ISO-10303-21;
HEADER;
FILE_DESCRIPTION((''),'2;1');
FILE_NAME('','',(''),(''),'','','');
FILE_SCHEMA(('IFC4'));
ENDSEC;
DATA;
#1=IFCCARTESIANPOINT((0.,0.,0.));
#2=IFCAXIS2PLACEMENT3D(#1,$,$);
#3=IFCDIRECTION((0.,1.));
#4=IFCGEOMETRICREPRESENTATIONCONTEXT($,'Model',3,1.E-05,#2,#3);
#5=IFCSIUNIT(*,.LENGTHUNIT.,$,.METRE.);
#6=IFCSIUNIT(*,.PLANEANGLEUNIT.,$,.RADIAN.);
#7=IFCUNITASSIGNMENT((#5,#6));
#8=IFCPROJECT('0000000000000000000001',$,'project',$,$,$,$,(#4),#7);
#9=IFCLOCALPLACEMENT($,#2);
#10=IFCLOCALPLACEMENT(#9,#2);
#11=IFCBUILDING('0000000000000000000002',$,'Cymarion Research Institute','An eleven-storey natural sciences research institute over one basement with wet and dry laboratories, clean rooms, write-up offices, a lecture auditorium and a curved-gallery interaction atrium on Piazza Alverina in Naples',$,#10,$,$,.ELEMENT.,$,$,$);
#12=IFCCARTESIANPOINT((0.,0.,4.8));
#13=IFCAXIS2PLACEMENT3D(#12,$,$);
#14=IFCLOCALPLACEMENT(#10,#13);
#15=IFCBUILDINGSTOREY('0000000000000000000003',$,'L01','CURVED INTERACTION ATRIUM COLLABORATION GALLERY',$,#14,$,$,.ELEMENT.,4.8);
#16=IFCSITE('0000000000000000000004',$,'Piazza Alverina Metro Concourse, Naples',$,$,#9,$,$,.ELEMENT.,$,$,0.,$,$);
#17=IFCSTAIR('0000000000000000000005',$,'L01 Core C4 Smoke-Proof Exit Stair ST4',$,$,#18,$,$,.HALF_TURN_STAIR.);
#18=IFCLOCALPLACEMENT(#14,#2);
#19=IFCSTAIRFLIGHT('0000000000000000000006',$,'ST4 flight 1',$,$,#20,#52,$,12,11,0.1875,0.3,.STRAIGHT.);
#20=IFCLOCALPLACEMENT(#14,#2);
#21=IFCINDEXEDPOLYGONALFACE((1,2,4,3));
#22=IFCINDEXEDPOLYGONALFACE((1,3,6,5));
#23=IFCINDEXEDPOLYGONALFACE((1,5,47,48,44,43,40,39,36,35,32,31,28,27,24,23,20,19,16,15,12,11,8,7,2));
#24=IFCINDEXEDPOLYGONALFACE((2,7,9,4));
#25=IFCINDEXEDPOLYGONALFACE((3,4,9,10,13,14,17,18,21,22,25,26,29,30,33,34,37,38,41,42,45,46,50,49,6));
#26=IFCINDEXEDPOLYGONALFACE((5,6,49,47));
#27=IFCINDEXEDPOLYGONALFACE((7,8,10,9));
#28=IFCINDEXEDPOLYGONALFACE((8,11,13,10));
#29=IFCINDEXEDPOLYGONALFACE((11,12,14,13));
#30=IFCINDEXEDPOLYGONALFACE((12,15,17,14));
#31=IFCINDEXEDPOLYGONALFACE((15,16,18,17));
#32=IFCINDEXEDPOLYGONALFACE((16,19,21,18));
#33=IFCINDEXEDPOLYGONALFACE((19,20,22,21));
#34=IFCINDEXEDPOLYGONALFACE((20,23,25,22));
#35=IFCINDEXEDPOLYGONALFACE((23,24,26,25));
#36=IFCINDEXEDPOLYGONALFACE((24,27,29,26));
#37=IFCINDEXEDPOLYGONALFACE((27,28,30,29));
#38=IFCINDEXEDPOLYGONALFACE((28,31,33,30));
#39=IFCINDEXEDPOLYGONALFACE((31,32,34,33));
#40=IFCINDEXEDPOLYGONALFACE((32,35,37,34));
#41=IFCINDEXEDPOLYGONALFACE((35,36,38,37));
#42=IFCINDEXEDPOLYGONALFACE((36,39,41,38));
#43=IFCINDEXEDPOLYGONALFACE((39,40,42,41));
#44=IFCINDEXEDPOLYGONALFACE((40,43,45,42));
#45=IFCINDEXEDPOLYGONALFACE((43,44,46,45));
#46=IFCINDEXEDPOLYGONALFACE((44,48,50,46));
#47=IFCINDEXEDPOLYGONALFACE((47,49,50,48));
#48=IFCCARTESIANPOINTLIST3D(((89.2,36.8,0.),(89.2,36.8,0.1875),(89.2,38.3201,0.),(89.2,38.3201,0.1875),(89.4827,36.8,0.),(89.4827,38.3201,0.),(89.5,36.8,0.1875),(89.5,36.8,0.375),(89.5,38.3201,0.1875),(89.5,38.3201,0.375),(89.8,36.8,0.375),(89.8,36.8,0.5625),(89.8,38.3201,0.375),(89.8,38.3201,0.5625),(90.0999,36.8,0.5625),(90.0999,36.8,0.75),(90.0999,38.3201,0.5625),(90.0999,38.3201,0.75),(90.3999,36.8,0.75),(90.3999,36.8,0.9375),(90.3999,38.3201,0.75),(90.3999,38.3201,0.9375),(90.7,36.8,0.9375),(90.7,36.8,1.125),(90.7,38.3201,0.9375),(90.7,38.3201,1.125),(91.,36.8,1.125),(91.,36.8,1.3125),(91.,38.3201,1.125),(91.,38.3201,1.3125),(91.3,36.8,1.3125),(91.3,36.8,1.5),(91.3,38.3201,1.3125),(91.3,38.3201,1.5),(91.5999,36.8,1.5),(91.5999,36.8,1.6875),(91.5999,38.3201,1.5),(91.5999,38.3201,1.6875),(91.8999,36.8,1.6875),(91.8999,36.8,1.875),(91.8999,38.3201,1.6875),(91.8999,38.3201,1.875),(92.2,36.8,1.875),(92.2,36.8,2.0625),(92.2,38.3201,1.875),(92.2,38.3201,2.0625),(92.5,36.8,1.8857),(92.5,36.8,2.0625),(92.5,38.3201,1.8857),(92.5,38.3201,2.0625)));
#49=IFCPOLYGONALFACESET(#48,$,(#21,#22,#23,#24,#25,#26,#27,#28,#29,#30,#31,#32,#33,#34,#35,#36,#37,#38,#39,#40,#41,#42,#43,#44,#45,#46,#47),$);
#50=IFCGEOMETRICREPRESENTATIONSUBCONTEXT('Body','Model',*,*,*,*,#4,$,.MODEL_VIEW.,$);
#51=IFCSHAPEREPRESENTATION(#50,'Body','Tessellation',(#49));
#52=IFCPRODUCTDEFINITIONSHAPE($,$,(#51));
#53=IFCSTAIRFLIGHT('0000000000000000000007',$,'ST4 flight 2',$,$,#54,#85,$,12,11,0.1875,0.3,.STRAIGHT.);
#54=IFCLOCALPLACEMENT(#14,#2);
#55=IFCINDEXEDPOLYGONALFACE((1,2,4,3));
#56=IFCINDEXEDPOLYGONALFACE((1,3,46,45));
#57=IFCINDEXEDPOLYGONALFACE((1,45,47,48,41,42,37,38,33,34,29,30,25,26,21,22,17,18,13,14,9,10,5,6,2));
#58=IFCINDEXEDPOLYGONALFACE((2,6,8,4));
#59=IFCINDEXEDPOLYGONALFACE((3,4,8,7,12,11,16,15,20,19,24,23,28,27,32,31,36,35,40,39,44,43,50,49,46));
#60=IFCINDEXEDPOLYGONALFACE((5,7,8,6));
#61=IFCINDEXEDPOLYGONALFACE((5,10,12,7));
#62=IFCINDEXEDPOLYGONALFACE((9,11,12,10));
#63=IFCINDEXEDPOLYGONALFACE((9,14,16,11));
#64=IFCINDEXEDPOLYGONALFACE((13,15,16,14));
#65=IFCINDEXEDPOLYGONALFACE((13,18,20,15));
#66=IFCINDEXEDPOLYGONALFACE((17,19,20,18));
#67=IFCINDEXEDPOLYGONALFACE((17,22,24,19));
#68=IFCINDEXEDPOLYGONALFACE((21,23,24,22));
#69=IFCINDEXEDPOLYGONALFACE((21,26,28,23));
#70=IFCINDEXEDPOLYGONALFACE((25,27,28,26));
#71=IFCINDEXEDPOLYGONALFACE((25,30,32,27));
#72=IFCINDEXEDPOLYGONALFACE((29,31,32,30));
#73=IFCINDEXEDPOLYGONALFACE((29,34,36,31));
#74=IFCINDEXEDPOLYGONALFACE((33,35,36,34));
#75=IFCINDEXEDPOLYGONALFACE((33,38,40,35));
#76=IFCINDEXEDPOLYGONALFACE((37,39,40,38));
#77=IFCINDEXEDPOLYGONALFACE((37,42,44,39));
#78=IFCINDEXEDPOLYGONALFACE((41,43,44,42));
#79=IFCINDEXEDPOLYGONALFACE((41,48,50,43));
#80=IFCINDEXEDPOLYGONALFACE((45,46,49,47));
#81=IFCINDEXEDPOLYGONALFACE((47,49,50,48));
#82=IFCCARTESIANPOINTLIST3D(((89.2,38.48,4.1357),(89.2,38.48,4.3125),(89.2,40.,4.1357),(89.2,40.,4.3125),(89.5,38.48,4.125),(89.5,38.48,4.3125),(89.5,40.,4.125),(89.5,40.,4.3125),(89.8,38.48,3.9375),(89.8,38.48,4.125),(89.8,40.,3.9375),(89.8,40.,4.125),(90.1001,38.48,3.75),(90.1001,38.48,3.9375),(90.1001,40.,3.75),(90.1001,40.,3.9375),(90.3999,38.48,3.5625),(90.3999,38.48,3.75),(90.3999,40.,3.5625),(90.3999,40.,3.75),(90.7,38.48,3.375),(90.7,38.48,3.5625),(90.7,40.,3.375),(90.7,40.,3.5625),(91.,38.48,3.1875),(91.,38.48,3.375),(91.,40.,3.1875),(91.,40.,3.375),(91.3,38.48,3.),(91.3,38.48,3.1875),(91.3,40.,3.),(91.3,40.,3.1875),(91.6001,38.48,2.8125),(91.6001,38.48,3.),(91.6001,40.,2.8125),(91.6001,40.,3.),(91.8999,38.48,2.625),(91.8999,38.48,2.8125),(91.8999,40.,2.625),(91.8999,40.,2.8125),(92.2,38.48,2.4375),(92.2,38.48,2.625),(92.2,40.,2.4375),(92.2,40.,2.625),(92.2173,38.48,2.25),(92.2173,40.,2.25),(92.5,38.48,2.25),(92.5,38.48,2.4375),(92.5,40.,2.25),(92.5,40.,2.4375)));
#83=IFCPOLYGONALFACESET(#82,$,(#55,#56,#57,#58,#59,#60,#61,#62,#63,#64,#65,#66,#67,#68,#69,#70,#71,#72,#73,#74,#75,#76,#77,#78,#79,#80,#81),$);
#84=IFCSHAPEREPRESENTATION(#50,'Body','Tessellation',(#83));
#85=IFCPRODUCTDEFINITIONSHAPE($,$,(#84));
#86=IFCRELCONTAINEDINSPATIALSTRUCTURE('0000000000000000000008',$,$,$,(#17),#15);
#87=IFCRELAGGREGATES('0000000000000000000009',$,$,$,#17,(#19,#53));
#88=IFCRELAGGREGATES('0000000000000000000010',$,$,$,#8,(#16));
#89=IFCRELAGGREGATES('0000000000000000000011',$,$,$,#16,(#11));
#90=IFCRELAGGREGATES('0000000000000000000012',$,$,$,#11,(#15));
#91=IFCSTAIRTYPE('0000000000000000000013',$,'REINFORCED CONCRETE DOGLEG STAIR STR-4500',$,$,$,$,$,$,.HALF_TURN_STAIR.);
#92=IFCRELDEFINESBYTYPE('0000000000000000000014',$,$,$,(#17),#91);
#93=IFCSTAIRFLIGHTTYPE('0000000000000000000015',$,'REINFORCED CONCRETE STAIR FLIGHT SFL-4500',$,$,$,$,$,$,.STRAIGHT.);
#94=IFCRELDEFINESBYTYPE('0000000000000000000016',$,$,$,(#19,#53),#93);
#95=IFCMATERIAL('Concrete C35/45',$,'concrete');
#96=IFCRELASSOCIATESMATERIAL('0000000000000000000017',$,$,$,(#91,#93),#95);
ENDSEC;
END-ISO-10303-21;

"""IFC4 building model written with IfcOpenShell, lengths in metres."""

from ifc_helpers import new_model, si_unit, direction, frame, origin, place, context, subcontext, project, spatial, polyline, outline, extrude, material, type_object, element, aggregate, save


model = new_model("IFC4")

# Units and contexts
model_context = context("Model", 3, precision=1e-05, world=origin(), true_north=direction((0.0, 1.0)))
body_context = subcontext(model_context, "Body", "Model", "MODEL_VIEW")
ifc_project = project(units=[si_unit("LENGTHUNIT", "METRE"), si_unit("PLANEANGLEUNIT", "RADIAN")], contexts=[model_context])

# Site, building, storey
site_placement = place(None, origin())
site = spatial("IfcSite", under=ifc_project, at=site_placement, Name="Piazza Alverina Metro Concourse, Naples", CompositionType="ELEMENT", RefElevation=0.0)
building_placement = place(site_placement, origin())
building = spatial("IfcBuilding", under=site, at=building_placement, Name="Cymarion Research Institute", Description="An eleven-storey natural sciences research institute over one basement with wet and dry laboratories, clean rooms, write-up offices, a lecture auditorium and a curved-gallery interaction atrium on Piazza Alverina in Naples", CompositionType="ELEMENT")
storey_placement = place(building_placement, frame((0.0, 0.0, 4.8)))
storey = spatial("IfcBuildingStorey", under=building, at=storey_placement, Name="L01", Description="CURVED INTERACTION ATRIUM COLLABORATION GALLERY", CompositionType="ELEMENT", Elevation=4.8)

# Stair, stair flights
ifc_material_1 = material(Name="Concrete C35/45", Category="concrete")
stair_type = type_object("IfcStairType", Name="REINFORCED CONCRETE DOGLEG STAIR STR-4500", PredefinedType="HALF_TURN_STAIR", material=ifc_material_1)
stair_placement = place(storey_placement, origin())
stair = element("IfcStair", 1, at=stair_placement, inside=storey, type_object=stair_type, Name="L01 Core C4 Smoke-Proof Exit Stair ST4", PredefinedType="HALF_TURN_STAIR")
stair_flight_type = type_object("IfcStairFlightType", Name="REINFORCED CONCRETE STAIR FLIGHT SFL-4500", PredefinedType="STRAIGHT", material=ifc_material_1)
stair_flight_1_placement = place(storey_placement, frame((89.2, 37.5601, 0.0), z_axis=(0.0, 0.0, 1.0), x_axis=(1.0, 0.0, 0.0)))
stair_flight_1 = element("IfcStairFlight", 2, at=stair_flight_1_placement, type_object=stair_flight_type, Name="ST4 flight 1", NumberOfRisers=12, NumberOfTreads=11, PredefinedType="STRAIGHT", RiserHeight=0.1875, TreadLength=0.3, context=body_context, shape_type="SweptSolid", body=[
    extrude(outline(polyline([(0.0, 0.0), (0.0, 0.1875), (0.3, 0.1875), (0.3, 0.375), (0.6001, 0.375), (0.6001, 0.5625), (0.8999, 0.5625), (0.8999, 0.75), (1.2, 0.75), (1.2, 0.9375), (1.5, 0.9375), (1.5, 1.125), (1.8, 1.125), (1.8, 1.3125), (2.1001, 1.3125), (2.1001, 1.5), (2.3999, 1.5), (2.3999, 1.6875), (2.7, 1.6875), (2.7, 1.875), (3.0, 1.875), (3.0, 2.0625), (3.3, 2.0625), (3.3, 2.25), (3.3, 1.8857), (0.2827, 0.0), (0.0, 0.0)])), frame((0.0, 0.76, 0.0), z_axis=(0.0, -1.0, 0.0), x_axis=(1.0, 0.0, 0.0)), (0.0, 0.0, 1.0), 1.52),
])
stair_flight_2_placement = place(storey_placement, frame((92.5, 39.24, 2.25), z_axis=(0.0, 0.0, 1.0), x_axis=(-1.0, 0.0, 0.0)))
stair_flight_2 = element("IfcStairFlight", 3, at=stair_flight_2_placement, type_object=stair_flight_type, Name="ST4 flight 2", NumberOfRisers=12, NumberOfTreads=11, PredefinedType="STRAIGHT", RiserHeight=0.1875, TreadLength=0.3, context=body_context, shape_type="SweptSolid", body=[
    extrude(outline(polyline([(0.0, 0.0), (0.0, 0.1875), (0.3, 0.1875), (0.3, 0.375), (0.6001, 0.375), (0.6001, 0.5625), (0.8999, 0.5625), (0.8999, 0.75), (1.2, 0.75), (1.2, 0.9375), (1.5, 0.9375), (1.5, 1.125), (1.8, 1.125), (1.8, 1.3125), (2.1001, 1.3125), (2.1001, 1.5), (2.3999, 1.5), (2.3999, 1.6875), (2.7, 1.6875), (2.7, 1.875), (3.0, 1.875), (3.0, 2.0625), (3.3, 2.0625), (3.3, 2.25), (3.3, 1.8857), (0.2827, 0.0), (0.0, 0.0)])), frame((0.0, 0.76, 0.0), z_axis=(0.0, -1.0, 0.0), x_axis=(1.0, 0.0, 0.0)), (0.0, 0.0, 1.0), 1.52),
])
aggregate(stair, [stair_flight_1, stair_flight_2])

save(model, "model.ifc")
